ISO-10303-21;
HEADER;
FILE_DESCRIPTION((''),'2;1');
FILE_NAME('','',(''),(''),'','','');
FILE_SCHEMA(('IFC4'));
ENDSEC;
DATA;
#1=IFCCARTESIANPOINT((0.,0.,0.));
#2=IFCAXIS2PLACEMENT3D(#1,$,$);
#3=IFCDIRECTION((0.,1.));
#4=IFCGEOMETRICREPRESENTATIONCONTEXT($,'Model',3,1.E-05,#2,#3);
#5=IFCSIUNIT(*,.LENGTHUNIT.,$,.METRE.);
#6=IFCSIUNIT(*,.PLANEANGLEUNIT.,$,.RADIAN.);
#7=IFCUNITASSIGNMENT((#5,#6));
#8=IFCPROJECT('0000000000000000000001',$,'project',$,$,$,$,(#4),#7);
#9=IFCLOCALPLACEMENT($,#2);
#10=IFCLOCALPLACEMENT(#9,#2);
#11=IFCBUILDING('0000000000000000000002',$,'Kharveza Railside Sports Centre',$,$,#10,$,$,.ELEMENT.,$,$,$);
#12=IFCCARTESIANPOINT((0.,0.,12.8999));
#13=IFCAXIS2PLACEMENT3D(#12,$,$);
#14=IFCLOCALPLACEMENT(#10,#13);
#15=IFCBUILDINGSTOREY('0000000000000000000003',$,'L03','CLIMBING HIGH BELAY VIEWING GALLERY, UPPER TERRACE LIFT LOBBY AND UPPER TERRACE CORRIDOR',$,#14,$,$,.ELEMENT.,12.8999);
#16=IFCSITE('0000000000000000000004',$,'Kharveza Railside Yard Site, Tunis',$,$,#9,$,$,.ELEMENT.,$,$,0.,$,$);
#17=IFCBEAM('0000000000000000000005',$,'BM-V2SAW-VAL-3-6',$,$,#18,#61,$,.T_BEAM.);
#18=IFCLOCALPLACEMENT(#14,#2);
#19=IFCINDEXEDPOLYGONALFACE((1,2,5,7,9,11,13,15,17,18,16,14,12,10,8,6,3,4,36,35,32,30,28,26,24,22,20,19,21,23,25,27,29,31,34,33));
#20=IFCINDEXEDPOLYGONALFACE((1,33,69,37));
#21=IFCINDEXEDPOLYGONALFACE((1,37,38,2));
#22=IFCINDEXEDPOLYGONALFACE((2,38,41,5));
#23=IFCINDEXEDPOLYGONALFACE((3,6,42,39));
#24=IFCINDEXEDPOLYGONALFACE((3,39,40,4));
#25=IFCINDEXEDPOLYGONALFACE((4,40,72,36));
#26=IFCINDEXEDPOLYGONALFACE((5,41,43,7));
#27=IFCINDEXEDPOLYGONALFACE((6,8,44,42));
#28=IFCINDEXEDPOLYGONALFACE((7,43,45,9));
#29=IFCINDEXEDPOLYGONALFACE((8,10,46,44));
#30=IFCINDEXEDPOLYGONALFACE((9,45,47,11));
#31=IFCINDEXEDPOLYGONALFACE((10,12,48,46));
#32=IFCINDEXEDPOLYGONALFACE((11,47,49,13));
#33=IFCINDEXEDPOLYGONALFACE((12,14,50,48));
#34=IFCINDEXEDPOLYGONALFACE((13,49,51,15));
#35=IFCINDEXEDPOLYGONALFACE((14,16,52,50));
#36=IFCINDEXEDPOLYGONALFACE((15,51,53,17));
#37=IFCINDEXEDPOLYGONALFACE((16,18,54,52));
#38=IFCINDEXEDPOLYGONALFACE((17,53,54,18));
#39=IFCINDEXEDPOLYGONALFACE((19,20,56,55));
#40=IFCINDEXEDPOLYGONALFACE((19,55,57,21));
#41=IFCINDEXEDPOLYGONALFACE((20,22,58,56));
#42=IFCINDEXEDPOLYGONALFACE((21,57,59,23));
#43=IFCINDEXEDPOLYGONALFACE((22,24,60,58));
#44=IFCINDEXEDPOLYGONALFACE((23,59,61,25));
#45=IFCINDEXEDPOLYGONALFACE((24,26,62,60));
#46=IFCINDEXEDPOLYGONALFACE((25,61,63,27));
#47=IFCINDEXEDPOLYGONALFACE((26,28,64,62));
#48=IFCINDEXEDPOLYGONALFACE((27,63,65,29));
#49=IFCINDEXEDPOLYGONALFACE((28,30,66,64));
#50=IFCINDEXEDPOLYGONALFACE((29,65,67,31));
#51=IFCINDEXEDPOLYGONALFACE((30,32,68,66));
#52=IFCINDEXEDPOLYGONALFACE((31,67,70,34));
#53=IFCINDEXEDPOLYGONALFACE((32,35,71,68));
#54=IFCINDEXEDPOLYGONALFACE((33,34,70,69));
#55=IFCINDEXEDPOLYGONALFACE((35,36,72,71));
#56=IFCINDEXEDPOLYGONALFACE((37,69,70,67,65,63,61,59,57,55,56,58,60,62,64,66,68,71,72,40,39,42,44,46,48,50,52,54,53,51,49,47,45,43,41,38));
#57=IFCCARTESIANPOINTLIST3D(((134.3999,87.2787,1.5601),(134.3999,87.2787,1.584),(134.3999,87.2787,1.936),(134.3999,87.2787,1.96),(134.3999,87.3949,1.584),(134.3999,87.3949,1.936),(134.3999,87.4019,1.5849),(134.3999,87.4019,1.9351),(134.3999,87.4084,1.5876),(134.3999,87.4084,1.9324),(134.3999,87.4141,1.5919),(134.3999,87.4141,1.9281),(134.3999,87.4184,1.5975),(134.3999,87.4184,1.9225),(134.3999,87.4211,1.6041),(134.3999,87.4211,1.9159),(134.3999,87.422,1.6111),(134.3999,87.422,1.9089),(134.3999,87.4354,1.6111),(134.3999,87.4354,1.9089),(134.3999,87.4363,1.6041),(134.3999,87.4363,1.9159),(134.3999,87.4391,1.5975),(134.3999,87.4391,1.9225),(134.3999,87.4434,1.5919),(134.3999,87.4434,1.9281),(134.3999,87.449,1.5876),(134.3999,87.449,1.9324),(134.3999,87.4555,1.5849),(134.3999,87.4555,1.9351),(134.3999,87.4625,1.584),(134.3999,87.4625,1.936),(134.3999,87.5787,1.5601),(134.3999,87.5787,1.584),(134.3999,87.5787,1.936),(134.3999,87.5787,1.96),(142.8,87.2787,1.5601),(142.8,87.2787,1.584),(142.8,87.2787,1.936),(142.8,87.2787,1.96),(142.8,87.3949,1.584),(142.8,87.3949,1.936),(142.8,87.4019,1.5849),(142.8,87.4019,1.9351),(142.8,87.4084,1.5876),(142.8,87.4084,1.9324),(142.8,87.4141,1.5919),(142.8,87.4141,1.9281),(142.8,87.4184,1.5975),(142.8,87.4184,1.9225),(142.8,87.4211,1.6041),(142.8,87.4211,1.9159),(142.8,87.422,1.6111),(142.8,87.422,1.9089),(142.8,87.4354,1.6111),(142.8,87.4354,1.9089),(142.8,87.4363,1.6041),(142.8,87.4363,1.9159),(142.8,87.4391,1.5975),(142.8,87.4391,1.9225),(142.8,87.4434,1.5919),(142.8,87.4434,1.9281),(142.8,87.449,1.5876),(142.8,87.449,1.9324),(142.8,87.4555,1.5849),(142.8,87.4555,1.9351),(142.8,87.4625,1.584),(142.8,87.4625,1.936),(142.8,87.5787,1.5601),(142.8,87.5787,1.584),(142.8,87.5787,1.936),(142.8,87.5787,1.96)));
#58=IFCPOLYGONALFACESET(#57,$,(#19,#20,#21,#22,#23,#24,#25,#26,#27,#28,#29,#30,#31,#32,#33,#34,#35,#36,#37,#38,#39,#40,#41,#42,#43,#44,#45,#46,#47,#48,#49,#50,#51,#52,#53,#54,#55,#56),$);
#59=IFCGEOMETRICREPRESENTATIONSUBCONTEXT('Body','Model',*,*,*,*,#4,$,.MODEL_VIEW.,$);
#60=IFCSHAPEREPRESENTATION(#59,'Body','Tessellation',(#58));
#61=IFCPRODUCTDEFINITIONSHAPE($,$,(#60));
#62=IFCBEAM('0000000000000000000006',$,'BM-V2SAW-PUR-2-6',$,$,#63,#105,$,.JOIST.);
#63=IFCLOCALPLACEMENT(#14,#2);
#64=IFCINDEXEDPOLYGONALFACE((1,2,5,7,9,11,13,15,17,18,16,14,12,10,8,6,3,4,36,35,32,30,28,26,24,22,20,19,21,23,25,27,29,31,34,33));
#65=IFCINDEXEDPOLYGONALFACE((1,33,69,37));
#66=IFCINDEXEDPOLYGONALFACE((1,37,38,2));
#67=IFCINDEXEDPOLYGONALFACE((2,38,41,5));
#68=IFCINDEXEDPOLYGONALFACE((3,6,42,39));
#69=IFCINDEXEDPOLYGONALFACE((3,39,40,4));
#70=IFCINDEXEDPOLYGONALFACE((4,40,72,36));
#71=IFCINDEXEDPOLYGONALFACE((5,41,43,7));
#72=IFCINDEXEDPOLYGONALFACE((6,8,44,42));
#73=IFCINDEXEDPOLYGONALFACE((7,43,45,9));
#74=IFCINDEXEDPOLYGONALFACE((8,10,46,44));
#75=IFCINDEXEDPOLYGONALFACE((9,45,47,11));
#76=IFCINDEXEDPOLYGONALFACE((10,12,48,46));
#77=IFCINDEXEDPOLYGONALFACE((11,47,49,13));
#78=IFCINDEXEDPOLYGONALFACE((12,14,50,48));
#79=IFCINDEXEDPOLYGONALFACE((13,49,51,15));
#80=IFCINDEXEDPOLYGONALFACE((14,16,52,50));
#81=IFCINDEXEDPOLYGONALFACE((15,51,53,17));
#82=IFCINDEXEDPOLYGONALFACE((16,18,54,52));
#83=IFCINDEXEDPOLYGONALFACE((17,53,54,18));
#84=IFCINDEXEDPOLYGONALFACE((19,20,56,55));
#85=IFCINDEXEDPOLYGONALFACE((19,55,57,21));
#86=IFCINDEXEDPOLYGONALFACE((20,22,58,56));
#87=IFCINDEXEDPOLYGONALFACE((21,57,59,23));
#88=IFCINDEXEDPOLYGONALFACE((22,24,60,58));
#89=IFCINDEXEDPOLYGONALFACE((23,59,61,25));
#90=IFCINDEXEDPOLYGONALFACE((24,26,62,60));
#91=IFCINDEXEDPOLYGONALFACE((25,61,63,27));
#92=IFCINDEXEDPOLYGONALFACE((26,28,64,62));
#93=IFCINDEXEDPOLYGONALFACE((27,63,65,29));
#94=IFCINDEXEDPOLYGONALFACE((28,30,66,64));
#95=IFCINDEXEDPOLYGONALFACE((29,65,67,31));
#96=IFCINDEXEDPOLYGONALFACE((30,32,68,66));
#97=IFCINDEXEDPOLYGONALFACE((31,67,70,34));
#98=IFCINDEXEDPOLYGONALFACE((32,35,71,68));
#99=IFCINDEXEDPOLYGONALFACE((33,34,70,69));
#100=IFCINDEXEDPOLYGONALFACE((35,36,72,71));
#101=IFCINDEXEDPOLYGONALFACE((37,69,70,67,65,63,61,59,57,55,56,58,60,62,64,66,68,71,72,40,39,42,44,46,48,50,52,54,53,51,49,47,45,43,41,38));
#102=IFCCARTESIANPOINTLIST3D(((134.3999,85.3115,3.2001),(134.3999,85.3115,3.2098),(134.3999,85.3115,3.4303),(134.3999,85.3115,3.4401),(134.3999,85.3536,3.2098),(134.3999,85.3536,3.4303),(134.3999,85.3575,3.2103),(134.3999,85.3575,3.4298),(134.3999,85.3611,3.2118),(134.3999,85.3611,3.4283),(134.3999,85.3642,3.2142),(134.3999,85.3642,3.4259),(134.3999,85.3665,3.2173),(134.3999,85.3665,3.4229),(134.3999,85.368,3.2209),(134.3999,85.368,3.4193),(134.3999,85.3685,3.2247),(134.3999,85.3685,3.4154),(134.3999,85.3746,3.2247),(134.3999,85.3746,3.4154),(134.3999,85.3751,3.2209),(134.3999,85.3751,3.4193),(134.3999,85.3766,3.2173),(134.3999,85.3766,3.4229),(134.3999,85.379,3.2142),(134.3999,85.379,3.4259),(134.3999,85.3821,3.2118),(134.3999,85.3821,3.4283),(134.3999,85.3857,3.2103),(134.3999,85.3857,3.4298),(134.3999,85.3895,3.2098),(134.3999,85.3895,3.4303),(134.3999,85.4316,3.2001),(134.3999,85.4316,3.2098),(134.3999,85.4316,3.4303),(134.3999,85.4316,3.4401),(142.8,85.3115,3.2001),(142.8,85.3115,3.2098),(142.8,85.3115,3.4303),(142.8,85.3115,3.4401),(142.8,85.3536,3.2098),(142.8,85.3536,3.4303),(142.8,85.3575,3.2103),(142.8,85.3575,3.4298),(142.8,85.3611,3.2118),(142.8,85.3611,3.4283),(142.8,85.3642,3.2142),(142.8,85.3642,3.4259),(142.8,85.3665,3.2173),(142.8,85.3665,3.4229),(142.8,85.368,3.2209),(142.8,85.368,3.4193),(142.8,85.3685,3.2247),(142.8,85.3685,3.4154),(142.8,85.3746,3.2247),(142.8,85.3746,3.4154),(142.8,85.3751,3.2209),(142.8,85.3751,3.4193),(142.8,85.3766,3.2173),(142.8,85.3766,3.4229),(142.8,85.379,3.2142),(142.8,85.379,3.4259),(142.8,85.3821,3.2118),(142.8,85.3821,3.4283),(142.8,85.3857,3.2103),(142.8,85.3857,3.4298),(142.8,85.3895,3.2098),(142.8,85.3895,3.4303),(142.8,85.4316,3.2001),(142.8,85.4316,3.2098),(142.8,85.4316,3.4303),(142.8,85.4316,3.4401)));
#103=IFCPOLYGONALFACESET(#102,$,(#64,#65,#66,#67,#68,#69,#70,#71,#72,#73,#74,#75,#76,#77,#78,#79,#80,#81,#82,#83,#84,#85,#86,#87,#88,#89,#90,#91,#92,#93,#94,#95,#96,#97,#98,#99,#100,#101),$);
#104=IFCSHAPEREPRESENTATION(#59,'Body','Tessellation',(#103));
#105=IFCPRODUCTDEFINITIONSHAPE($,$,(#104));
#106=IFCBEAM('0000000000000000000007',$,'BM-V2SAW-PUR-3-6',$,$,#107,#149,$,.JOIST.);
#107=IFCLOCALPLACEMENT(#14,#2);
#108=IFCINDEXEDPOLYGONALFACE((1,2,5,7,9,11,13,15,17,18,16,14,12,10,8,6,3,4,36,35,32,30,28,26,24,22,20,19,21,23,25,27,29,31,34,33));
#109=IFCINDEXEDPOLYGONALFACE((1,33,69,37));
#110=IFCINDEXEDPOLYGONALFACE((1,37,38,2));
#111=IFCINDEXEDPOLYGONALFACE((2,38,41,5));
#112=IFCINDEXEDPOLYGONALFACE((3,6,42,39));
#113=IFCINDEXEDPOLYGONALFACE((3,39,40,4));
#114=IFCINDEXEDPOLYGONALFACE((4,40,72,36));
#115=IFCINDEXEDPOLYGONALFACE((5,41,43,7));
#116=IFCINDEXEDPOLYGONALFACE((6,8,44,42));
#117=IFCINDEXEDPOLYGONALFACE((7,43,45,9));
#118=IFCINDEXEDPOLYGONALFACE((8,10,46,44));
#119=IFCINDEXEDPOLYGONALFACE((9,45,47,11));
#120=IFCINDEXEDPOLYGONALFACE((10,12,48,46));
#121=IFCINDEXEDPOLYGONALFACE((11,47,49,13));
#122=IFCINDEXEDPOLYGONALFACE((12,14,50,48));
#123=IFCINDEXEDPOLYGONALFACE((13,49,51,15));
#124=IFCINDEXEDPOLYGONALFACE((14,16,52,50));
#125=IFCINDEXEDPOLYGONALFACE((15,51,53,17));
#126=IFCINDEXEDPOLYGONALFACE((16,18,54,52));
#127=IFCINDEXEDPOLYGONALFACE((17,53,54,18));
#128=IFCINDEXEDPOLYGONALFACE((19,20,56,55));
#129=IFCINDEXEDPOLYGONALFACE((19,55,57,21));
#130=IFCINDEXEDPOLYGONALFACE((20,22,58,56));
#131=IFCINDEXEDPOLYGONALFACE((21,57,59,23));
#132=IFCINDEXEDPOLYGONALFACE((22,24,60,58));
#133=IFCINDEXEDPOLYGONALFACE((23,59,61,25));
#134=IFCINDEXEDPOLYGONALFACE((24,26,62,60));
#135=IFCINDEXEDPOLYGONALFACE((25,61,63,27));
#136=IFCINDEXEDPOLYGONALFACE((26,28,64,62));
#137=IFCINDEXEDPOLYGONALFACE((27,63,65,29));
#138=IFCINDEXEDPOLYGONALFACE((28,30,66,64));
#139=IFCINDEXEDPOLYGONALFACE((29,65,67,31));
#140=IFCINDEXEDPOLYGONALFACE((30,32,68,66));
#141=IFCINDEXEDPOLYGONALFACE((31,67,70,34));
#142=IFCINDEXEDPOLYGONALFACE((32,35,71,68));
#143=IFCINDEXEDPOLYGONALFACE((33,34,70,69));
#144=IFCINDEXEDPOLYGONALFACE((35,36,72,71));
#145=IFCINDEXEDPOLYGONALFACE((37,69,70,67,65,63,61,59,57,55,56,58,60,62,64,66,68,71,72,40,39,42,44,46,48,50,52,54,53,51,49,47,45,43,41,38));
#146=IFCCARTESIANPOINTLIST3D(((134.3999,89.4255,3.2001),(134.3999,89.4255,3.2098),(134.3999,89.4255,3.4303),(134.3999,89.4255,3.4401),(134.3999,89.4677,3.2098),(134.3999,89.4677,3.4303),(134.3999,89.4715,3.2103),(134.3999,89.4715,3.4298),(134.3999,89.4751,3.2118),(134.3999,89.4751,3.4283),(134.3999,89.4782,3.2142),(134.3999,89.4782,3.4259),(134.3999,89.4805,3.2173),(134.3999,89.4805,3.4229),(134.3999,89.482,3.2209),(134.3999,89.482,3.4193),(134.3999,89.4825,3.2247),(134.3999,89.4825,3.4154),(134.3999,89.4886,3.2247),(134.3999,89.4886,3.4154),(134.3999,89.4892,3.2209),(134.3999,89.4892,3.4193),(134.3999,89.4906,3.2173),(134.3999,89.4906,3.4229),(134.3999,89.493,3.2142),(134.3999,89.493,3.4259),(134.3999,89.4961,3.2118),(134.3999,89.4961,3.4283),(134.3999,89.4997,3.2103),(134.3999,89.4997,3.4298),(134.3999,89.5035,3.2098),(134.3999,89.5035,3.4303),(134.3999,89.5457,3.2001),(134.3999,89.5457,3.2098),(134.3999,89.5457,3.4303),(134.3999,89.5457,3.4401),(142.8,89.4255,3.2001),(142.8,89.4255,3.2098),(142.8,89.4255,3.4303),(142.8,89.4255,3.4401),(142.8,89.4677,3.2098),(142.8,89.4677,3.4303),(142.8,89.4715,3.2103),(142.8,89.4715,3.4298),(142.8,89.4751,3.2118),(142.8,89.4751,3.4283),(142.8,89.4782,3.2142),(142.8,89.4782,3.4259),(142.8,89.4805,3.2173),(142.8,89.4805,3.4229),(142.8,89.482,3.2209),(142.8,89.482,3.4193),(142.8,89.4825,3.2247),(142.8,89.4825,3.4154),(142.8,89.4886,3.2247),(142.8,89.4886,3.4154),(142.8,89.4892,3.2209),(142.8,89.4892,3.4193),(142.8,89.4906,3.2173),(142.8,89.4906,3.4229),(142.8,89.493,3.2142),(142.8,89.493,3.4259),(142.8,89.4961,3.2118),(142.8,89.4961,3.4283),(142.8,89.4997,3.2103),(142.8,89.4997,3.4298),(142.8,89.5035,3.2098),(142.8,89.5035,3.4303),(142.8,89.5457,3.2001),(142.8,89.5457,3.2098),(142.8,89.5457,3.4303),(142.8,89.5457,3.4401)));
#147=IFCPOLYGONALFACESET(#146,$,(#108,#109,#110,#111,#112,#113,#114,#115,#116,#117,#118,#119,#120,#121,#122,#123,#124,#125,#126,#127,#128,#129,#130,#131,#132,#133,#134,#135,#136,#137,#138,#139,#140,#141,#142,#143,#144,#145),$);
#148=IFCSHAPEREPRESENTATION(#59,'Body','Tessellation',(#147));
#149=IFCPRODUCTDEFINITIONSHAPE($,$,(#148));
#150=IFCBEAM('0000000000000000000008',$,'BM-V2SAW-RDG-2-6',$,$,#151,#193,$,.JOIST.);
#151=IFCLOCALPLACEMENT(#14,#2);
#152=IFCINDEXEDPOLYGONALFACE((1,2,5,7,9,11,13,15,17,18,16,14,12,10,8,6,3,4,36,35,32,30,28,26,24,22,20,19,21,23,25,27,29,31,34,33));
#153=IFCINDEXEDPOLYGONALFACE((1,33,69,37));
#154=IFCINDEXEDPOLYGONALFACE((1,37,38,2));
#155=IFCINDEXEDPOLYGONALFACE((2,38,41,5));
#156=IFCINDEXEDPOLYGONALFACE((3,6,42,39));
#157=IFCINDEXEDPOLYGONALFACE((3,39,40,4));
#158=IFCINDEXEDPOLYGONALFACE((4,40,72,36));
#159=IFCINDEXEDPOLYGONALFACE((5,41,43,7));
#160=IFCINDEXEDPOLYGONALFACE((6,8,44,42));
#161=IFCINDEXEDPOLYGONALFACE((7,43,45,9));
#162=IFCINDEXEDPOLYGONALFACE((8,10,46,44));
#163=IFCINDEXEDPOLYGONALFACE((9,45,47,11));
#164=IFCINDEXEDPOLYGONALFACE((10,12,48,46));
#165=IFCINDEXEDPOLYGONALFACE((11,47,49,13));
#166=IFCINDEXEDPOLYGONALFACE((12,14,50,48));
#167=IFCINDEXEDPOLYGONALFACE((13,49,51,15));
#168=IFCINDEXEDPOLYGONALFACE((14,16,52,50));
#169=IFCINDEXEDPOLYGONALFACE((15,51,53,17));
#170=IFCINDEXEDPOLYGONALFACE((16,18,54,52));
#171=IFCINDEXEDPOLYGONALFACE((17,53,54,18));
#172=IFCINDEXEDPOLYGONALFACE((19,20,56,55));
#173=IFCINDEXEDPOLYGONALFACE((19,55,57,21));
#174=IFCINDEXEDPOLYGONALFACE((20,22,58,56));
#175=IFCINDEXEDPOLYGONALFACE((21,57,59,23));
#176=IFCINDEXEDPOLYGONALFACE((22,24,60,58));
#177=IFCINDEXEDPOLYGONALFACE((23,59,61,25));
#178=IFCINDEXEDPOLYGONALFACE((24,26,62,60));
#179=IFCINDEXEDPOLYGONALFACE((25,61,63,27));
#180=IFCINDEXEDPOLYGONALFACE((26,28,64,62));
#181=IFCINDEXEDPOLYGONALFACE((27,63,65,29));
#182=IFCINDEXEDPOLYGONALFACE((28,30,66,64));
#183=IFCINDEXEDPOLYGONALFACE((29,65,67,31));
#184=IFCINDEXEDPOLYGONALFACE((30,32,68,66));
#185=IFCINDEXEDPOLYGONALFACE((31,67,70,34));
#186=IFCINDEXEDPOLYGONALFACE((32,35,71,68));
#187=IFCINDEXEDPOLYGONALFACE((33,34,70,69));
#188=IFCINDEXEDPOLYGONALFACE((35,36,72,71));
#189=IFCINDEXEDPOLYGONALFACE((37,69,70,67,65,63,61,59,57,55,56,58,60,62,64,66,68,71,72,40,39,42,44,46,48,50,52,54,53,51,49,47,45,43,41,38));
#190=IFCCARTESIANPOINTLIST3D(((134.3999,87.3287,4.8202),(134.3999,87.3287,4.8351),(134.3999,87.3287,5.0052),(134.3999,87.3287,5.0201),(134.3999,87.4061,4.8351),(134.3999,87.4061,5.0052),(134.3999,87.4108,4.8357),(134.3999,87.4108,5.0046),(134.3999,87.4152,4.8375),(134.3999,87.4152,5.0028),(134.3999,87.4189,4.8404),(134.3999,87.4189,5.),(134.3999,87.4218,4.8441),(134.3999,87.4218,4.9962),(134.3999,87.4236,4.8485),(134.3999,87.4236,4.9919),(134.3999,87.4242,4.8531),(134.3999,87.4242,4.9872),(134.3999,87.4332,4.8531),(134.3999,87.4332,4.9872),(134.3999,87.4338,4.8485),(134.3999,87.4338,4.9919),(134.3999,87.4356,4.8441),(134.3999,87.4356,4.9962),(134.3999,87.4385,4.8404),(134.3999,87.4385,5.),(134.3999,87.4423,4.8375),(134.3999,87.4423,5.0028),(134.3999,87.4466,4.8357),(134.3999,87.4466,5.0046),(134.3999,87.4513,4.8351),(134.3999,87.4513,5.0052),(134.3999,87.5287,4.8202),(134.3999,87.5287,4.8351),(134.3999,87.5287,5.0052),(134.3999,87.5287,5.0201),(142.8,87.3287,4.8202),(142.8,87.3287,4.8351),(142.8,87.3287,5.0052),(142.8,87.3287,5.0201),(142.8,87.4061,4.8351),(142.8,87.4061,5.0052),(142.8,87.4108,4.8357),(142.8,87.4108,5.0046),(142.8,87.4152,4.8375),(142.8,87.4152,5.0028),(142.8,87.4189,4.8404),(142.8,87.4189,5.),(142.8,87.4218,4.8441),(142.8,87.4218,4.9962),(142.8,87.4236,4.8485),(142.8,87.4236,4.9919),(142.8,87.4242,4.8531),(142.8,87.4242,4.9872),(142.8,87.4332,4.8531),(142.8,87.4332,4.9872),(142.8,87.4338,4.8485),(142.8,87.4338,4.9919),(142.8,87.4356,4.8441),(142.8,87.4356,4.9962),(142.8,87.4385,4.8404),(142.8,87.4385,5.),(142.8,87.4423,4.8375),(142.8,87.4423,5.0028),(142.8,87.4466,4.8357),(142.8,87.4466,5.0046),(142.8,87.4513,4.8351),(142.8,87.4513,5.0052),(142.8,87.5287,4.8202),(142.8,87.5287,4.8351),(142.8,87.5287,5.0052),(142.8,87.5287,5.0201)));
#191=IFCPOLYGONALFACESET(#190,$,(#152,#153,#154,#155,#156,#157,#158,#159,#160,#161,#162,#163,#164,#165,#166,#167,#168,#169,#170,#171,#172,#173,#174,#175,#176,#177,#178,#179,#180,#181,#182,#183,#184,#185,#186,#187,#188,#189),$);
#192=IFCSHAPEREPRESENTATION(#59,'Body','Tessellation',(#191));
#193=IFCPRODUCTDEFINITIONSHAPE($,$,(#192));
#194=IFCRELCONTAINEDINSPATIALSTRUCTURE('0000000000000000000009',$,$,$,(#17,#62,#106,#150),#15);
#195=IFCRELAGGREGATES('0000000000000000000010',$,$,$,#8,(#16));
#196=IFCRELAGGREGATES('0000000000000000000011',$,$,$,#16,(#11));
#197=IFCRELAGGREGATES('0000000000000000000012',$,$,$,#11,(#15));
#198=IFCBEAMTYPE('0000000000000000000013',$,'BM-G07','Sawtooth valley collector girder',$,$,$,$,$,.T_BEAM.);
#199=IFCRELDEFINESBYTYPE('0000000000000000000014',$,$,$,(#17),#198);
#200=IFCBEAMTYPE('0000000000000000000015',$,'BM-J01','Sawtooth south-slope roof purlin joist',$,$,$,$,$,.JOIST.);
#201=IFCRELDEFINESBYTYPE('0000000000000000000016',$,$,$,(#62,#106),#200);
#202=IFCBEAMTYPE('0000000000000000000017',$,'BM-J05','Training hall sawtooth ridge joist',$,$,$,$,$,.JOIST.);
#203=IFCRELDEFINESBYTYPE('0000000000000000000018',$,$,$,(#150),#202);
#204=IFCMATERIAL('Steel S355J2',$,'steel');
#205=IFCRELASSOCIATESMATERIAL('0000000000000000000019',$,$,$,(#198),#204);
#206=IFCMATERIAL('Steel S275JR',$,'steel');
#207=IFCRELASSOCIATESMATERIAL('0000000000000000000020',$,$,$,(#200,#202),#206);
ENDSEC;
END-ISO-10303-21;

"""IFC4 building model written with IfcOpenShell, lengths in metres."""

from ifc_helpers import new_model, si_unit, direction, frame, origin, origin_2d, place, context, subcontext, project, spatial, i_section, extrude, material, material_profile, profile_set, type_object, element, save


model = new_model("IFC4")

# Units and contexts
model_context = context("Model", 3, precision=1e-05, world=origin(), true_north=direction((0.0, 1.0)))
body_context = subcontext(model_context, "Body", "Model", "MODEL_VIEW")
ifc_project = project(units=[si_unit("LENGTHUNIT", "METRE"), si_unit("PLANEANGLEUNIT", "RADIAN")], contexts=[model_context])

# Site, building, storey
site_placement = place(None, origin())
site = spatial("IfcSite", under=ifc_project, at=site_placement, Name="Kharveza Railside Yard Site, Tunis", CompositionType="ELEMENT", RefElevation=0.0)
building_placement = place(site_placement, origin())
building = spatial("IfcBuilding", under=site, at=building_placement, Name="Kharveza Railside Sports Centre", CompositionType="ELEMENT")
storey_placement = place(building_placement, frame((0.0, 0.0, 12.8999)))
storey = spatial("IfcBuildingStorey", under=building, at=storey_placement, Name="L03", Description="CLIMBING HIGH BELAY VIEWING GALLERY, UPPER TERRACE LIFT LOBBY AND UPPER TERRACE CORRIDOR", CompositionType="ELEMENT", Elevation=12.8999)

# Beams
ifc_material_1 = material(Name="Steel S355J2", Category="steel")
ifc_material_profile_1 = material_profile(ifc_material_1, i_section(OverallWidth=0.3, OverallDepth=0.3999, WebThickness=0.0134, FlangeThickness=0.0239, FilletRadius=0.0271, at=origin_2d()), Name="HEB 400")
ifc_profile_set_1 = profile_set([ifc_material_profile_1], Name="Steel S355J2")
beam_type_1 = type_object("IfcBeamType", Name="BM-G07", Description="Sawtooth valley collector girder", PredefinedType="T_BEAM", material=ifc_profile_set_1)
beam_1_placement = place(storey_placement, frame((134.3999, 87.4287, 1.76), z_axis=(1.0, 0.0, 0.0), x_axis=(0.0, 1.0, 0.0)))
element("IfcBeam", 1, at=beam_1_placement, inside=storey, type_object=beam_type_1, Name="BM-V2SAW-VAL-3-6", PredefinedType="T_BEAM", context=body_context, shape_type="SweptSolid", body=[
    extrude(i_section(OverallWidth=0.3, OverallDepth=0.3999, WebThickness=0.0134, FlangeThickness=0.0239, FilletRadius=0.0271, at=origin_2d()), origin(), (0.0, 0.0, 1.0), 8.4001),
])
ifc_material_2 = material(Name="Steel S275JR", Category="steel")
ifc_material_profile_2 = material_profile(ifc_material_2, i_section(OverallWidth=0.1201, OverallDepth=0.24, WebThickness=0.0061, FlangeThickness=0.0098, FilletRadius=0.0149, at=origin_2d()), Name="IPE 240")
ifc_profile_set_2 = profile_set([ifc_material_profile_2], Name="Steel S275JR")
beam_type_2 = type_object("IfcBeamType", Name="BM-J01", Description="Sawtooth south-slope roof purlin joist", PredefinedType="JOIST", material=ifc_profile_set_2)
for number, where, z_axis, x_axis, name in (
    (2, (134.3999, 85.3716, 3.3201), (1.0, 0.0, 0.0), (0.0, 1.0, 0.0), "BM-V2SAW-PUR-2-6"),
    (3, (134.3999, 89.4856, 3.3201), (1.0, 0.0, 0.0), (0.0, 1.0, 0.0), "BM-V2SAW-PUR-3-6"),
):
    element("IfcBeam", number, at=place(storey_placement, frame(where, z_axis=z_axis, x_axis=x_axis)), inside=storey, type_object=beam_type_2, Name=name, PredefinedType="JOIST", context=body_context, shape_type="SweptSolid", body=[
        extrude(i_section(OverallWidth=0.1201, OverallDepth=0.24, WebThickness=0.0061, FlangeThickness=0.0098, FilletRadius=0.0149, at=origin_2d()), origin(), (0.0, 0.0, 1.0), 8.4001),
    ])
ifc_material_profile_3 = material_profile(ifc_material_2, i_section(OverallWidth=0.2, OverallDepth=0.2, WebThickness=0.009, FlangeThickness=0.0149, FilletRadius=0.0181, at=origin_2d()), Name="HEB 200")
ifc_profile_set_3 = profile_set([ifc_material_profile_3], Name="Steel S275JR")
beam_type_3 = type_object("IfcBeamType", Name="BM-J05", Description="Training hall sawtooth ridge joist", PredefinedType="JOIST", material=ifc_profile_set_3)
beam_2_placement = place(storey_placement, frame((134.3999, 87.4287, 4.9202), z_axis=(1.0, 0.0, 0.0), x_axis=(0.0, 1.0, 0.0)))
element("IfcBeam", 4, at=beam_2_placement, inside=storey, type_object=beam_type_3, Name="BM-V2SAW-RDG-2-6", PredefinedType="JOIST", context=body_context, shape_type="SweptSolid", body=[
    extrude(i_section(OverallWidth=0.2, OverallDepth=0.2, WebThickness=0.009, FlangeThickness=0.0149, FilletRadius=0.0181, at=origin_2d()), origin(), (0.0, 0.0, 1.0), 8.4001),
])

save(model, "model.ifc")
